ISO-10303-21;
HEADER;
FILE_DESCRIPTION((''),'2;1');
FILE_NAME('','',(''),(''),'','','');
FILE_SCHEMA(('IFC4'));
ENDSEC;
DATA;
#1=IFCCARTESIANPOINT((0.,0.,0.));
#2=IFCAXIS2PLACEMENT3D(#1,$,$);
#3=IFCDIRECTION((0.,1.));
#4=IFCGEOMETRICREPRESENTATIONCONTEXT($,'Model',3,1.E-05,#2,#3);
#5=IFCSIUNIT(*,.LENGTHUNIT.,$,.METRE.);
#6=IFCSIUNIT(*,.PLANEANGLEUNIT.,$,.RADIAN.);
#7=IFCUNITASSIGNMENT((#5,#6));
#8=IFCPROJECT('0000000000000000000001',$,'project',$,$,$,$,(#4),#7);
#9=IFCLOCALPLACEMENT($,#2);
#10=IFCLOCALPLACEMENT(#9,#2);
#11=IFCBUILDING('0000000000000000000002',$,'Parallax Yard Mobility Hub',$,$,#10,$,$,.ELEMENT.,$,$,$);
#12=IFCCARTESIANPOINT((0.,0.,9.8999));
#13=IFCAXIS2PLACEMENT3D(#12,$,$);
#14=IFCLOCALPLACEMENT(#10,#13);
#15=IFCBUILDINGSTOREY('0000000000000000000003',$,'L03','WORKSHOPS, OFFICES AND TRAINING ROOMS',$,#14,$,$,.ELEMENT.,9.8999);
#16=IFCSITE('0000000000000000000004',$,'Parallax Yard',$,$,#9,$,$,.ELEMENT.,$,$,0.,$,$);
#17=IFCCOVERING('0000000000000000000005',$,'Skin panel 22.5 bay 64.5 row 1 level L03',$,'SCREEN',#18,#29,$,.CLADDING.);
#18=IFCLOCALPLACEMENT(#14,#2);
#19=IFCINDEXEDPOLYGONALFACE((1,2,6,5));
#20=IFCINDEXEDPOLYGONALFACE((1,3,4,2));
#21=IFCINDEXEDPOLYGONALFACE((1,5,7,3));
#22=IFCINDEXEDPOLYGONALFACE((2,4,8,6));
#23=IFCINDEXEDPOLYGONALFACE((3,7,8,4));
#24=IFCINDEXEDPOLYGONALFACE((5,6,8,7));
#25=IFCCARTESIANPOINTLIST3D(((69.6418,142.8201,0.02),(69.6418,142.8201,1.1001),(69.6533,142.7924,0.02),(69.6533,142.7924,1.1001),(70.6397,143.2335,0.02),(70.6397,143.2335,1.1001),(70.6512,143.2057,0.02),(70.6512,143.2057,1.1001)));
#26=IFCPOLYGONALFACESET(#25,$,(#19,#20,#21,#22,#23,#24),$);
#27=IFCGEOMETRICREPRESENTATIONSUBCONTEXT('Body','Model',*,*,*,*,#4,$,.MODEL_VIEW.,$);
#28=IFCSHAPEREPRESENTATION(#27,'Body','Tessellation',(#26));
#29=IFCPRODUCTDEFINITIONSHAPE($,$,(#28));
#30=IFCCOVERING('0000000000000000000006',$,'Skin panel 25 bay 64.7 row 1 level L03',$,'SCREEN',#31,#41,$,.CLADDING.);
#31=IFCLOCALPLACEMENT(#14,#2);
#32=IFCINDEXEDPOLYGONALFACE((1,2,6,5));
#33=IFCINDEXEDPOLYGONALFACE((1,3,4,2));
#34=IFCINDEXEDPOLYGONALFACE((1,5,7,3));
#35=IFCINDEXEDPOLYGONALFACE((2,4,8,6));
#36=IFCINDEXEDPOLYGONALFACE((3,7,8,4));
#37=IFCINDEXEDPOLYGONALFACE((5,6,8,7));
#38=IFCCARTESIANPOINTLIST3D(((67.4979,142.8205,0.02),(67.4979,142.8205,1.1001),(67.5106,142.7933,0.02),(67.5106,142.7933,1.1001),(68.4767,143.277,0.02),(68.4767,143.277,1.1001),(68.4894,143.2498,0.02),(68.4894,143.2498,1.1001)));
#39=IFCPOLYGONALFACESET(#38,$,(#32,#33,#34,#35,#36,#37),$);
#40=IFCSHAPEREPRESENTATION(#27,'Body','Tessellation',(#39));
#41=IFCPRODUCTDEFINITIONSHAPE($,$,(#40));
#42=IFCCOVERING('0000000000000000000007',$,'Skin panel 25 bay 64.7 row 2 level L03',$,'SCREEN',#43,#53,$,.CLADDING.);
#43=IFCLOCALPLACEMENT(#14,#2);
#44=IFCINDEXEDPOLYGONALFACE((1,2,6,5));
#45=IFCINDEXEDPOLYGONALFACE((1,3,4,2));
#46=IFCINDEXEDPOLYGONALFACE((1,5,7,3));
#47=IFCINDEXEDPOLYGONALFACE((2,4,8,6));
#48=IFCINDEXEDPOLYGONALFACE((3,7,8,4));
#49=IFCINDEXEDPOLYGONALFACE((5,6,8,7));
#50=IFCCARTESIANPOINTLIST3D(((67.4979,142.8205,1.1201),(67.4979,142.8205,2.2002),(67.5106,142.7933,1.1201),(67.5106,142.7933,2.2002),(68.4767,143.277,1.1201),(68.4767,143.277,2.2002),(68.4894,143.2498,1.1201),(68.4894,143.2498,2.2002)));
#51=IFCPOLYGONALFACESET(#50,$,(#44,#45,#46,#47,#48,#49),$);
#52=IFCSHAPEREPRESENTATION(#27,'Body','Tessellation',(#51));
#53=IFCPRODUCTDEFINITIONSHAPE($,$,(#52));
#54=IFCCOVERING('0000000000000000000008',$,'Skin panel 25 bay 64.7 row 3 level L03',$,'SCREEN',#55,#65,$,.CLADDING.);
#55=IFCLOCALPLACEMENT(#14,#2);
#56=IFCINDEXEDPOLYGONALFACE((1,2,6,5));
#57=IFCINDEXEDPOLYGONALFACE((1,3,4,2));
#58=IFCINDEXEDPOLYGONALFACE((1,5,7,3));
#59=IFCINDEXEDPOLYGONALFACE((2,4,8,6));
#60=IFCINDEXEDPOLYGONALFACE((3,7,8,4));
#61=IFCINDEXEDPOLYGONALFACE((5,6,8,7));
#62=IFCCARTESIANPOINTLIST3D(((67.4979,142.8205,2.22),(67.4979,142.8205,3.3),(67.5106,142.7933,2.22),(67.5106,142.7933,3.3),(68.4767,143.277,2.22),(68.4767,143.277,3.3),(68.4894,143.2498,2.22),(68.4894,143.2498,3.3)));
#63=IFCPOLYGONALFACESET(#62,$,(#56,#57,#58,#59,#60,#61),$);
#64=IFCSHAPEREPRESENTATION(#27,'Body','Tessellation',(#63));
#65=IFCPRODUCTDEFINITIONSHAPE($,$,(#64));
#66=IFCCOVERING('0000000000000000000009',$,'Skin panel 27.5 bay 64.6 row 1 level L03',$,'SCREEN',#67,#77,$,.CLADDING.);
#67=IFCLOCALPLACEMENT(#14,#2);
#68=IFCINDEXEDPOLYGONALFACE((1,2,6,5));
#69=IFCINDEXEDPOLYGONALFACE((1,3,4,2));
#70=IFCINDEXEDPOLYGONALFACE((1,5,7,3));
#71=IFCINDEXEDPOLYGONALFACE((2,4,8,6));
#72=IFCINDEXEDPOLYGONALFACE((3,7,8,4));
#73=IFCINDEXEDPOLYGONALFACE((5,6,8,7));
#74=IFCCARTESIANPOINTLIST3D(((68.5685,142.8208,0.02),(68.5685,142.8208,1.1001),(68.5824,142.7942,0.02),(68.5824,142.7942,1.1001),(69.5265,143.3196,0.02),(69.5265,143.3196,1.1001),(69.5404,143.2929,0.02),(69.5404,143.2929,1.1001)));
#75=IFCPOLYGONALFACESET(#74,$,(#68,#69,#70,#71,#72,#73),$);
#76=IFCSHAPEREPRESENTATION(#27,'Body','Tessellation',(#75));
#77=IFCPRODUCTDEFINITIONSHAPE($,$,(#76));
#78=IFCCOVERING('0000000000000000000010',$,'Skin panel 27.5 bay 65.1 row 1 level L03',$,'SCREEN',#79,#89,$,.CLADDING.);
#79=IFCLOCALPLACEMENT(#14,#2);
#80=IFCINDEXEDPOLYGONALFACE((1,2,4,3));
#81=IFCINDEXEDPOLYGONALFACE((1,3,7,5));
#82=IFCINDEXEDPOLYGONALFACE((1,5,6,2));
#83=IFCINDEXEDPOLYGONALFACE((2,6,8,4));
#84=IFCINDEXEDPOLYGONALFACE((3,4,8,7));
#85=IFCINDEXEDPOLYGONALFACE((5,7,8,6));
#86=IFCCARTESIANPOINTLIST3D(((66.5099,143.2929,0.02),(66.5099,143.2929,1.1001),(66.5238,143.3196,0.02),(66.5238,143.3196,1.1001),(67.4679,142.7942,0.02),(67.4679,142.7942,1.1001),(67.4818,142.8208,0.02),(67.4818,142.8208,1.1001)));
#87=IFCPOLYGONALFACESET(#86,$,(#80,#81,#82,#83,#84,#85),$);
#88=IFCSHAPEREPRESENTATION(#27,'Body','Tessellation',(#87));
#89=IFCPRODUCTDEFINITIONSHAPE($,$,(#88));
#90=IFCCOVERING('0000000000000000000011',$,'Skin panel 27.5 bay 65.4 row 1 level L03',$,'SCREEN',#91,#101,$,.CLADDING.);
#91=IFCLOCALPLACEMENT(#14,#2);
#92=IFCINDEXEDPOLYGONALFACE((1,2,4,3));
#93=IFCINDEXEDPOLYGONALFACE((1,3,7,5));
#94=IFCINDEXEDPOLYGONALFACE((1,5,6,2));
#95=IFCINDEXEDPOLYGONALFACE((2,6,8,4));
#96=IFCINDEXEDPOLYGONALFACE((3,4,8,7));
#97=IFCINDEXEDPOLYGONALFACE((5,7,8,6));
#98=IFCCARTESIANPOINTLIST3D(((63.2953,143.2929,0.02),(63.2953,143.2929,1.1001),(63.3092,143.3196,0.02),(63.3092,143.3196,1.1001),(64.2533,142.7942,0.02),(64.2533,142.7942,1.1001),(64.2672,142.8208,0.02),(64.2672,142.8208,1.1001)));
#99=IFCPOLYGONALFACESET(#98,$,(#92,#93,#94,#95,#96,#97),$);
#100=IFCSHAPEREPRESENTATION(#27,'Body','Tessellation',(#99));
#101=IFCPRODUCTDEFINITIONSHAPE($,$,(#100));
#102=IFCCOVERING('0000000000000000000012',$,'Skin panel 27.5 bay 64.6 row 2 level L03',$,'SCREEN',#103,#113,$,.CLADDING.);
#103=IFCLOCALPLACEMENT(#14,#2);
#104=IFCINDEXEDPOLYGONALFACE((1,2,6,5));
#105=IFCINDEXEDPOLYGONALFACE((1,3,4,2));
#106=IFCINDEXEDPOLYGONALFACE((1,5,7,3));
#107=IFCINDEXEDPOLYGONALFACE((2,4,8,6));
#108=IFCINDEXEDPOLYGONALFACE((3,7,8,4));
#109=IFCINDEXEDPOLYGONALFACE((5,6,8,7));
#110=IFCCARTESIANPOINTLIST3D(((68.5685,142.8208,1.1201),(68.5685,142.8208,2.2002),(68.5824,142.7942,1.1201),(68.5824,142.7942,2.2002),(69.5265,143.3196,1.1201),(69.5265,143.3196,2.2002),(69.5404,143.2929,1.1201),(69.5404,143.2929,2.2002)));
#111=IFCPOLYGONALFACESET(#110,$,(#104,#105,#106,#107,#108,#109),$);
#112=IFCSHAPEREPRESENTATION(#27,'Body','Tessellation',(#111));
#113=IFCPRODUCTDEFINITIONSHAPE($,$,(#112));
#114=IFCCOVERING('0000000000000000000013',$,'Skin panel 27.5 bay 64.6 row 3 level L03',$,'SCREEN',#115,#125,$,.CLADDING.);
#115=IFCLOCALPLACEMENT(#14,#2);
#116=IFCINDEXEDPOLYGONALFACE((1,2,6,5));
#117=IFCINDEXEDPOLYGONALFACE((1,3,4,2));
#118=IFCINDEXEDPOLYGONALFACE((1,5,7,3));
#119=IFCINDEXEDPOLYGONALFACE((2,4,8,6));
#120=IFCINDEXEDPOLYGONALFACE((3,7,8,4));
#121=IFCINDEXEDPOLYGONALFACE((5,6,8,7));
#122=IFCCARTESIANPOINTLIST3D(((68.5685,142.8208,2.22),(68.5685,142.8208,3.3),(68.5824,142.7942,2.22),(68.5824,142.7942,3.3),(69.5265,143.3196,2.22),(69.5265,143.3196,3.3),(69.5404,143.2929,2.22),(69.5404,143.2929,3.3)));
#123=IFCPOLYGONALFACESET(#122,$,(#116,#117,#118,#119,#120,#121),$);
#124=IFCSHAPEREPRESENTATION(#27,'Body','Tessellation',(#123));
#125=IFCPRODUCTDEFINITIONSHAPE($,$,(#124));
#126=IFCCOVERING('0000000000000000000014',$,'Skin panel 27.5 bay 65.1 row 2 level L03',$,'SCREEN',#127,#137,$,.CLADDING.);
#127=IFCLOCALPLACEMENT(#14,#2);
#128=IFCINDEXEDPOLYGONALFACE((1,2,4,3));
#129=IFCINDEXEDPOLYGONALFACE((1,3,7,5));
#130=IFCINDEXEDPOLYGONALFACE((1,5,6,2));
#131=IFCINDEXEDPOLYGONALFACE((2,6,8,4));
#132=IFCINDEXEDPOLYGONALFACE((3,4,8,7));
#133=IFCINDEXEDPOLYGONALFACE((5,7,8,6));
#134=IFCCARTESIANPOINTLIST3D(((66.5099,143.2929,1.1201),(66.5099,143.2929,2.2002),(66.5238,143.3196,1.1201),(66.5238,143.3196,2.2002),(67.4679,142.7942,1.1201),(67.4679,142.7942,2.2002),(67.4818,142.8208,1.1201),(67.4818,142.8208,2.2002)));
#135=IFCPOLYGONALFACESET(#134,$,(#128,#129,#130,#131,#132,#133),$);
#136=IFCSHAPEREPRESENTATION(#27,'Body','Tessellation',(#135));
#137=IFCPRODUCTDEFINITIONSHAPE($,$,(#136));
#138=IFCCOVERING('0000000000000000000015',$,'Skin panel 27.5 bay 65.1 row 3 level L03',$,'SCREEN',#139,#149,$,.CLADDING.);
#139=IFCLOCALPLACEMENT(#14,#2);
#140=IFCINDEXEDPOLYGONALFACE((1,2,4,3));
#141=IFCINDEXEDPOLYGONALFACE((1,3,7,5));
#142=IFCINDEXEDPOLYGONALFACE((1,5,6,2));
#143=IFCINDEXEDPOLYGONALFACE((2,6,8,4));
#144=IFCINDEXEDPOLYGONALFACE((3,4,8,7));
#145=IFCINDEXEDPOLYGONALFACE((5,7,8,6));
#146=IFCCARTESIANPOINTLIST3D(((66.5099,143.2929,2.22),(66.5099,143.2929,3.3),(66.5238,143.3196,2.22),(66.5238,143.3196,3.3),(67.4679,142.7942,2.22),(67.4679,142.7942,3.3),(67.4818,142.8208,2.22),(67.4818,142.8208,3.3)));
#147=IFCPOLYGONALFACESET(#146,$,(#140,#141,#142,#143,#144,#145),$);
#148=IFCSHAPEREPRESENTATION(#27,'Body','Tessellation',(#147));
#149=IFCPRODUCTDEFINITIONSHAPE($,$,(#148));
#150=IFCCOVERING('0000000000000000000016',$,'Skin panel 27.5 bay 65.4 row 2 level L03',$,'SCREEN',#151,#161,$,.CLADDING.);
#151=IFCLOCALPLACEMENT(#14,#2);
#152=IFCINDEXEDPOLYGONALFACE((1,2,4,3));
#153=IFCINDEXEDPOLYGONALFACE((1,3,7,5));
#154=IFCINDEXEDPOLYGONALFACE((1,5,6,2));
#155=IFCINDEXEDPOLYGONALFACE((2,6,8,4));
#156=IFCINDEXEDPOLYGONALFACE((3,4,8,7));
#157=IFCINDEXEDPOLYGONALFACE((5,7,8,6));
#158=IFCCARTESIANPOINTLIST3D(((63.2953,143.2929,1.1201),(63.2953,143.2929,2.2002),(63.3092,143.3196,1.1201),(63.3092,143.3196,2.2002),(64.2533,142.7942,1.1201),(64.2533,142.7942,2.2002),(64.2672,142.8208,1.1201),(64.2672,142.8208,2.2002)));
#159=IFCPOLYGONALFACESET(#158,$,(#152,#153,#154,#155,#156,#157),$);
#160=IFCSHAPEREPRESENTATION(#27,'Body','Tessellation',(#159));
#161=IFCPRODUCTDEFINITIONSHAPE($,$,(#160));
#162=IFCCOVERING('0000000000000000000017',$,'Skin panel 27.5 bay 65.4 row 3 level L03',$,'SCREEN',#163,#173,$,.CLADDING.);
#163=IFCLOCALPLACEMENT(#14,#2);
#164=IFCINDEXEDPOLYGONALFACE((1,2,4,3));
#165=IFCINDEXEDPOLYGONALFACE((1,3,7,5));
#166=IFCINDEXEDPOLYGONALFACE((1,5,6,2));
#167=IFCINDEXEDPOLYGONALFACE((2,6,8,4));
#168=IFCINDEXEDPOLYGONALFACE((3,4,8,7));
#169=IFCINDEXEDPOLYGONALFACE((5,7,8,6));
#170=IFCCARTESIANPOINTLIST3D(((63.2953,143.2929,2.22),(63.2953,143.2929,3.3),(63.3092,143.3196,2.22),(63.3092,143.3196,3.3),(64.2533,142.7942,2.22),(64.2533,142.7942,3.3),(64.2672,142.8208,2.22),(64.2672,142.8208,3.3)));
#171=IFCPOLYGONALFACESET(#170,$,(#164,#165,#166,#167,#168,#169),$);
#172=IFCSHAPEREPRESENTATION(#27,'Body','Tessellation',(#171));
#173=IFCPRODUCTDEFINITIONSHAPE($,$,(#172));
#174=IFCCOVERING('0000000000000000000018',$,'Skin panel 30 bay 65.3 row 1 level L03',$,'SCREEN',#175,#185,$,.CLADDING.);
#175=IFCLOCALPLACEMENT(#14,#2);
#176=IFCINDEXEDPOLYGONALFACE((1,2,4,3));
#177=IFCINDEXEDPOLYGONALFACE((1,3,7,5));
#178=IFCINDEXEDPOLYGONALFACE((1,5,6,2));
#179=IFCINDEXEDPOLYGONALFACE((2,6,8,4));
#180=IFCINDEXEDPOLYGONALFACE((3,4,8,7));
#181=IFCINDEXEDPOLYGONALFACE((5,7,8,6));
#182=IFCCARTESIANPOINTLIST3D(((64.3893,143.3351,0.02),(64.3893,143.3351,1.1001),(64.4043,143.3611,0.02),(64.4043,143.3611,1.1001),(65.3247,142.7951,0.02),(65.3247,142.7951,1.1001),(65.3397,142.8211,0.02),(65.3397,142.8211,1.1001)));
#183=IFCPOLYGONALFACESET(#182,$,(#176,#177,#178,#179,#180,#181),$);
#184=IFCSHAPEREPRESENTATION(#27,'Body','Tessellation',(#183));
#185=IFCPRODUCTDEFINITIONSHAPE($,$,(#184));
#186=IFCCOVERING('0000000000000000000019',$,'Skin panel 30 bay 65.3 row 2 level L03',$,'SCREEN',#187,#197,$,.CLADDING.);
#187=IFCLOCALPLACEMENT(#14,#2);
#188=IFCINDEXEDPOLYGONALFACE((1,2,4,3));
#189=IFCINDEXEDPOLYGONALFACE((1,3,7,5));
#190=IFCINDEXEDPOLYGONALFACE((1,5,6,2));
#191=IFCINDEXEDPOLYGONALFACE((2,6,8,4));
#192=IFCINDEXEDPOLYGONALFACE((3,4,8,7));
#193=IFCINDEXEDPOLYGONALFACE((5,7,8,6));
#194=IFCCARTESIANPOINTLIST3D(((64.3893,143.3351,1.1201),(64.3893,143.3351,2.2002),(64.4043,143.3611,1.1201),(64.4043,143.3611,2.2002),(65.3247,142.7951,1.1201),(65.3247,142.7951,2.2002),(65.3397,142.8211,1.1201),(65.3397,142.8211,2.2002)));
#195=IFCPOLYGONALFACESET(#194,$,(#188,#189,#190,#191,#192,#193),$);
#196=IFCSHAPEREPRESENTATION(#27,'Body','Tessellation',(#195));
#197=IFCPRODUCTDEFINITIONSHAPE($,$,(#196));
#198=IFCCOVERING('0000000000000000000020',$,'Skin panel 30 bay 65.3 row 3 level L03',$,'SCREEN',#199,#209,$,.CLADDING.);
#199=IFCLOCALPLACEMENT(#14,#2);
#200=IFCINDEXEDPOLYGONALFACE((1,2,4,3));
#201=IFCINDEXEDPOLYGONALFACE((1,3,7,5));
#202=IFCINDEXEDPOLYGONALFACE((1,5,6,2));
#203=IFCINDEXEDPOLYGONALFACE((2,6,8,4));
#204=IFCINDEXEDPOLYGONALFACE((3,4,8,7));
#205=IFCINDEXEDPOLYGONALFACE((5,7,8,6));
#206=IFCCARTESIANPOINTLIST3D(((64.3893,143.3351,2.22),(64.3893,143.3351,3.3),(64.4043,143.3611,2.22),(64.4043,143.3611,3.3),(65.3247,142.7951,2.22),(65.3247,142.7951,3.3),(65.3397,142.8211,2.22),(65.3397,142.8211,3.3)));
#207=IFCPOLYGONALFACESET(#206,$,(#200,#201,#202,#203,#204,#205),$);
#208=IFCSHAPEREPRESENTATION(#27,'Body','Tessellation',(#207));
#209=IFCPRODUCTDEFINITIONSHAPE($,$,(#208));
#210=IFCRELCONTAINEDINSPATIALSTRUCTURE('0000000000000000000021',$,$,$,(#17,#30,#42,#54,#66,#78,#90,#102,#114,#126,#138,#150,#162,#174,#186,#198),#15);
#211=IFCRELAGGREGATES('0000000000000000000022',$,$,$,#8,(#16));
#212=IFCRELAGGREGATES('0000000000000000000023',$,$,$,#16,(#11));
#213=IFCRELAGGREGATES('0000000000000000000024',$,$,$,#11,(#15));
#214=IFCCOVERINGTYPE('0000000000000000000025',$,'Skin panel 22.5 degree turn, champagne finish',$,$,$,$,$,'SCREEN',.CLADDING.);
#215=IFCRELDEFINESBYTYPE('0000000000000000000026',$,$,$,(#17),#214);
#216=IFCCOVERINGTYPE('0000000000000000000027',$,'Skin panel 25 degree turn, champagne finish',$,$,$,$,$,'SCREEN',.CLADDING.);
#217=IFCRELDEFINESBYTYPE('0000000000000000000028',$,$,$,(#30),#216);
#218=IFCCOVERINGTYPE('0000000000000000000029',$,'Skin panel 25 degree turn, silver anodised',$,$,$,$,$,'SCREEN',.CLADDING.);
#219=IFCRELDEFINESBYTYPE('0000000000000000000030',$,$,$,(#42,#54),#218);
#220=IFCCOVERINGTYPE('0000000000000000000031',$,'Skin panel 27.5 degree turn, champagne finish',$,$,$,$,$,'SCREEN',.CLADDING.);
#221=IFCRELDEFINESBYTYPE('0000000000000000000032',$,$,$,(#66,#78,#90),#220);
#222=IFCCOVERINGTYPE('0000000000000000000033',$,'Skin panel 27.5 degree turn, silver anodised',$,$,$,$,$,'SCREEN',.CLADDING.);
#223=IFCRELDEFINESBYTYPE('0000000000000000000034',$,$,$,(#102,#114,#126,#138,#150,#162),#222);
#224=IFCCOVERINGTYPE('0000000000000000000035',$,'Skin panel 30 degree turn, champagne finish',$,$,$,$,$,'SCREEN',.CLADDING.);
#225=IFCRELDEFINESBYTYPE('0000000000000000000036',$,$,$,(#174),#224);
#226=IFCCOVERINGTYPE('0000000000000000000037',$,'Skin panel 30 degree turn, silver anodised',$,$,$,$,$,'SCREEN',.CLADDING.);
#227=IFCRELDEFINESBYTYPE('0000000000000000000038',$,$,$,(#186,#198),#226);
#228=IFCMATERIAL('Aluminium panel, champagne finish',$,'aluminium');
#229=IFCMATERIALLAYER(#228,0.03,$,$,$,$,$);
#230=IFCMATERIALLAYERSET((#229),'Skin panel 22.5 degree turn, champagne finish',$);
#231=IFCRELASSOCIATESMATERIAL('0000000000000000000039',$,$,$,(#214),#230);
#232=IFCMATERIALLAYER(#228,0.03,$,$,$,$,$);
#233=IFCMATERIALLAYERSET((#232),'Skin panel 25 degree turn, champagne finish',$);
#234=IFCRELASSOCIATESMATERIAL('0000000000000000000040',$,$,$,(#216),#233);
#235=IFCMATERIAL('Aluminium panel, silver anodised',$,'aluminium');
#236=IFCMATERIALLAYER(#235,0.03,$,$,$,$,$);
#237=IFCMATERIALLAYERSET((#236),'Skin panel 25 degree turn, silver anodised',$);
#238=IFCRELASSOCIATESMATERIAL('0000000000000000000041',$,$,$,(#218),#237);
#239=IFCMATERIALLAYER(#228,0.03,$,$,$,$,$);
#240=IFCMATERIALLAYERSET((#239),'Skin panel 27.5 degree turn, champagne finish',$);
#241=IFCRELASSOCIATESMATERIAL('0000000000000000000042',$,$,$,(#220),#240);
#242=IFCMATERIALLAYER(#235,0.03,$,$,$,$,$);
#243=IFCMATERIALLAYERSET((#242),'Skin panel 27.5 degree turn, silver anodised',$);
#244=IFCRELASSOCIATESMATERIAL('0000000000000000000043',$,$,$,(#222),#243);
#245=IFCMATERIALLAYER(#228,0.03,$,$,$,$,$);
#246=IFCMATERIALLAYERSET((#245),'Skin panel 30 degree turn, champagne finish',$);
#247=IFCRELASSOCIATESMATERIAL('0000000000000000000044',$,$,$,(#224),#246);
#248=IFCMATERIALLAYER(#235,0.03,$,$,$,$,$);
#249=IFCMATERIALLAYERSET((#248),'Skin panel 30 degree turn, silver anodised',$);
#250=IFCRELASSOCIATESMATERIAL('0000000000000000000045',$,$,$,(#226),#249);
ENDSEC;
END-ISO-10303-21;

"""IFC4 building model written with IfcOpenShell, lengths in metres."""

from ifc_helpers import new_model, si_unit, direction, frame, origin, origin_2d, place, context, subcontext, project, spatial, rectangle, extrude, material, layer, layer_set, type_object, element, save


model = new_model("IFC4")

# Units and contexts
model_context = context("Model", 3, precision=1e-05, world=origin(), true_north=direction((0.0, 1.0)))
body_context = subcontext(model_context, "Body", "Model", "MODEL_VIEW")
ifc_project = project(units=[si_unit("LENGTHUNIT", "METRE"), si_unit("PLANEANGLEUNIT", "RADIAN")], contexts=[model_context])

# Site, building, storey
site_placement = place(None, origin())
site = spatial("IfcSite", under=ifc_project, at=site_placement, Name="Parallax Yard", CompositionType="ELEMENT", RefElevation=0.0)
building_placement = place(site_placement, origin())
building = spatial("IfcBuilding", under=site, at=building_placement, Name="Parallax Yard Mobility Hub", CompositionType="ELEMENT")
storey_placement = place(building_placement, frame((0.0, 0.0, 9.8999)))
storey = spatial("IfcBuildingStorey", under=building, at=storey_placement, Name="L03", Description="WORKSHOPS, OFFICES AND TRAINING ROOMS", CompositionType="ELEMENT", Elevation=9.8999)

# Coverings
ifc_material_1 = material(Name="Aluminium panel, champagne finish", Category="aluminium")
ifc_layer_1 = layer(ifc_material_1, 0.03)
ifc_layer_set_1 = layer_set([ifc_layer_1], Name="Skin panel 22.5 degree turn, champagne finish")
covering_type_1 = type_object("IfcCoveringType", Name="Skin panel 22.5 degree turn, champagne finish", ElementType="SCREEN", PredefinedType="CLADDING", material=ifc_layer_set_1)
covering_1_placement = place(storey_placement, frame((70.1465, 143.0129, 0.02), z_axis=(0.0, 0.0, 1.0), x_axis=(0.92388, 0.382683, 0.0)))
element("IfcCovering", 1, at=covering_1_placement, inside=storey, type_object=covering_type_1, Name="Skin panel 22.5 bay 64.5 row 1 level L03", ObjectType="SCREEN", PredefinedType="CLADDING", context=body_context, shape_type="SweptSolid", body=[
    extrude(rectangle(XDim=1.0801, YDim=0.03, at=origin_2d()), origin(), (0.0, 0.0, 1.0), 1.0801),
])
ifc_layer_2 = layer(ifc_material_1, 0.03)
ifc_layer_set_2 = layer_set([ifc_layer_2], Name="Skin panel 25 degree turn, champagne finish")
covering_type_2 = type_object("IfcCoveringType", Name="Skin panel 25 degree turn, champagne finish", ElementType="SCREEN", PredefinedType="CLADDING", material=ifc_layer_set_2)
covering_2_placement = place(storey_placement, frame((67.9937, 143.0352, 0.02), z_axis=(0.0, 0.0, 1.0), x_axis=(0.906308, 0.422618, 0.0)))
element("IfcCovering", 2, at=covering_2_placement, inside=storey, type_object=covering_type_2, Name="Skin panel 25 bay 64.7 row 1 level L03", ObjectType="SCREEN", PredefinedType="CLADDING", context=body_context, shape_type="SweptSolid", body=[
    extrude(rectangle(XDim=1.0801, YDim=0.03, at=origin_2d()), origin(), (0.0, 0.0, 1.0), 1.0801),
])
ifc_material_2 = material(Name="Aluminium panel, silver anodised", Category="aluminium")
ifc_layer_3 = layer(ifc_material_2, 0.03)
ifc_layer_set_3 = layer_set([ifc_layer_3], Name="Skin panel 25 degree turn, silver anodised")
covering_type_3 = type_object("IfcCoveringType", Name="Skin panel 25 degree turn, silver anodised", ElementType="SCREEN", PredefinedType="CLADDING", material=ifc_layer_set_3)
for number, where, z_axis, x_axis, name in (
    (3, (67.9937, 143.0352, 1.1201), (0.0, 0.0, 1.0), (0.906308, 0.422618, 0.0), "Skin panel 25 bay 64.7 row 2 level L03"),
    (4, (67.9937, 143.0352, 2.22), (0.0, 0.0, 1.0), (0.906308, 0.422618, 0.0), "Skin panel 25 bay 64.7 row 3 level L03"),
):
    element("IfcCovering", number, at=place(storey_placement, frame(where, z_axis=z_axis, x_axis=x_axis)), inside=storey, type_object=covering_type_3, Name=name, ObjectType="SCREEN", PredefinedType="CLADDING", context=body_context, shape_type="SweptSolid", body=[
        extrude(rectangle(XDim=1.0801, YDim=0.03, at=origin_2d()), origin(), (0.0, 0.0, 1.0), 1.0801),
    ])
ifc_layer_4 = layer(ifc_material_1, 0.03)
ifc_layer_set_4 = layer_set([ifc_layer_4], Name="Skin panel 27.5 degree turn, champagne finish")
covering_type_4 = type_object("IfcCoveringType", Name="Skin panel 27.5 degree turn, champagne finish", ElementType="SCREEN", PredefinedType="CLADDING", material=ifc_layer_set_4)
for number, where, z_axis, x_axis, name in (
    (5, (69.0544, 143.0569, 0.02), (0.0, 0.0, 1.0), (0.887011, 0.461749, 0.0), "Skin panel 27.5 bay 64.6 row 1 level L03"),
    (6, (66.9958, 143.0569, 0.02), (0.0, 0.0, 1.0), (-0.887011, 0.461749, 0.0), "Skin panel 27.5 bay 65.1 row 1 level L03"),
    (7, (63.7812, 143.0569, 0.02), (0.0, 0.0, 1.0), (-0.887011, 0.461749, 0.0), "Skin panel 27.5 bay 65.4 row 1 level L03"),
):
    element("IfcCovering", number, at=place(storey_placement, frame(where, z_axis=z_axis, x_axis=x_axis)), inside=storey, type_object=covering_type_4, Name=name, ObjectType="SCREEN", PredefinedType="CLADDING", context=body_context, shape_type="SweptSolid", body=[
        extrude(rectangle(XDim=1.0801, YDim=0.03, at=origin_2d()), origin(), (0.0, 0.0, 1.0), 1.0801),
    ])
ifc_layer_5 = layer(ifc_material_2, 0.03)
ifc_layer_set_5 = layer_set([ifc_layer_5], Name="Skin panel 27.5 degree turn, silver anodised")
covering_type_5 = type_object("IfcCoveringType", Name="Skin panel 27.5 degree turn, silver anodised", ElementType="SCREEN", PredefinedType="CLADDING", material=ifc_layer_set_5)
for number, where, z_axis, x_axis, name in (
    (8, (69.0544, 143.0569, 1.1201), (0.0, 0.0, 1.0), (0.887011, 0.461749, 0.0), "Skin panel 27.5 bay 64.6 row 2 level L03"),
    (9, (69.0544, 143.0569, 2.22), (0.0, 0.0, 1.0), (0.887011, 0.461749, 0.0), "Skin panel 27.5 bay 64.6 row 3 level L03"),
    (10, (66.9958, 143.0569, 1.1201), (0.0, 0.0, 1.0), (-0.887011, 0.461749, 0.0), "Skin panel 27.5 bay 65.1 row 2 level L03"),
    (11, (66.9958, 143.0569, 2.22), (0.0, 0.0, 1.0), (-0.887011, 0.461749, 0.0), "Skin panel 27.5 bay 65.1 row 3 level L03"),
    (12, (63.7812, 143.0569, 1.1201), (0.0, 0.0, 1.0), (-0.887011, 0.461749, 0.0), "Skin panel 27.5 bay 65.4 row 2 level L03"),
    (13, (63.7812, 143.0569, 2.22), (0.0, 0.0, 1.0), (-0.887011, 0.461749, 0.0), "Skin panel 27.5 bay 65.4 row 3 level L03"),
):
    element("IfcCovering", number, at=place(storey_placement, frame(where, z_axis=z_axis, x_axis=x_axis)), inside=storey, type_object=covering_type_5, Name=name, ObjectType="SCREEN", PredefinedType="CLADDING", context=body_context, shape_type="SweptSolid", body=[
        extrude(rectangle(XDim=1.0801, YDim=0.03, at=origin_2d()), origin(), (0.0, 0.0, 1.0), 1.0801),
    ])
ifc_layer_6 = layer(ifc_material_1, 0.03)
ifc_layer_set_6 = layer_set([ifc_layer_6], Name="Skin panel 30 degree turn, champagne finish")
covering_type_6 = type_object("IfcCoveringType", Name="Skin panel 30 degree turn, champagne finish", ElementType="SCREEN", PredefinedType="CLADDING", material=ifc_layer_set_6)
covering_3_placement = place(storey_placement, frame((64.8645, 143.0781, 0.02), z_axis=(0.0, 0.0, 1.0), x_axis=(-0.866025, 0.5, 0.0)))
element("IfcCovering", 14, at=covering_3_placement, inside=storey, type_object=covering_type_6, Name="Skin panel 30 bay 65.3 row 1 level L03", ObjectType="SCREEN", PredefinedType="CLADDING", context=body_context, shape_type="SweptSolid", body=[
    extrude(rectangle(XDim=1.0801, YDim=0.03, at=origin_2d()), origin(), (0.0, 0.0, 1.0), 1.0801),
])
ifc_layer_7 = layer(ifc_material_2, 0.03)
ifc_layer_set_7 = layer_set([ifc_layer_7], Name="Skin panel 30 degree turn, silver anodised")
covering_type_7 = type_object("IfcCoveringType", Name="Skin panel 30 degree turn, silver anodised", ElementType="SCREEN", PredefinedType="CLADDING", material=ifc_layer_set_7)
for number, where, z_axis, x_axis, name in (
    (15, (64.8645, 143.0781, 1.1201), (0.0, 0.0, 1.0), (-0.866025, 0.5, 0.0), "Skin panel 30 bay 65.3 row 2 level L03"),
    (16, (64.8645, 143.0781, 2.22), (0.0, 0.0, 1.0), (-0.866025, 0.5, 0.0), "Skin panel 30 bay 65.3 row 3 level L03"),
):
    element("IfcCovering", number, at=place(storey_placement, frame(where, z_axis=z_axis, x_axis=x_axis)), inside=storey, type_object=covering_type_7, Name=name, ObjectType="SCREEN", PredefinedType="CLADDING", context=body_context, shape_type="SweptSolid", body=[
        extrude(rectangle(XDim=1.0801, YDim=0.03, at=origin_2d()), origin(), (0.0, 0.0, 1.0), 1.0801),
    ])

save(model, "model.ifc")
